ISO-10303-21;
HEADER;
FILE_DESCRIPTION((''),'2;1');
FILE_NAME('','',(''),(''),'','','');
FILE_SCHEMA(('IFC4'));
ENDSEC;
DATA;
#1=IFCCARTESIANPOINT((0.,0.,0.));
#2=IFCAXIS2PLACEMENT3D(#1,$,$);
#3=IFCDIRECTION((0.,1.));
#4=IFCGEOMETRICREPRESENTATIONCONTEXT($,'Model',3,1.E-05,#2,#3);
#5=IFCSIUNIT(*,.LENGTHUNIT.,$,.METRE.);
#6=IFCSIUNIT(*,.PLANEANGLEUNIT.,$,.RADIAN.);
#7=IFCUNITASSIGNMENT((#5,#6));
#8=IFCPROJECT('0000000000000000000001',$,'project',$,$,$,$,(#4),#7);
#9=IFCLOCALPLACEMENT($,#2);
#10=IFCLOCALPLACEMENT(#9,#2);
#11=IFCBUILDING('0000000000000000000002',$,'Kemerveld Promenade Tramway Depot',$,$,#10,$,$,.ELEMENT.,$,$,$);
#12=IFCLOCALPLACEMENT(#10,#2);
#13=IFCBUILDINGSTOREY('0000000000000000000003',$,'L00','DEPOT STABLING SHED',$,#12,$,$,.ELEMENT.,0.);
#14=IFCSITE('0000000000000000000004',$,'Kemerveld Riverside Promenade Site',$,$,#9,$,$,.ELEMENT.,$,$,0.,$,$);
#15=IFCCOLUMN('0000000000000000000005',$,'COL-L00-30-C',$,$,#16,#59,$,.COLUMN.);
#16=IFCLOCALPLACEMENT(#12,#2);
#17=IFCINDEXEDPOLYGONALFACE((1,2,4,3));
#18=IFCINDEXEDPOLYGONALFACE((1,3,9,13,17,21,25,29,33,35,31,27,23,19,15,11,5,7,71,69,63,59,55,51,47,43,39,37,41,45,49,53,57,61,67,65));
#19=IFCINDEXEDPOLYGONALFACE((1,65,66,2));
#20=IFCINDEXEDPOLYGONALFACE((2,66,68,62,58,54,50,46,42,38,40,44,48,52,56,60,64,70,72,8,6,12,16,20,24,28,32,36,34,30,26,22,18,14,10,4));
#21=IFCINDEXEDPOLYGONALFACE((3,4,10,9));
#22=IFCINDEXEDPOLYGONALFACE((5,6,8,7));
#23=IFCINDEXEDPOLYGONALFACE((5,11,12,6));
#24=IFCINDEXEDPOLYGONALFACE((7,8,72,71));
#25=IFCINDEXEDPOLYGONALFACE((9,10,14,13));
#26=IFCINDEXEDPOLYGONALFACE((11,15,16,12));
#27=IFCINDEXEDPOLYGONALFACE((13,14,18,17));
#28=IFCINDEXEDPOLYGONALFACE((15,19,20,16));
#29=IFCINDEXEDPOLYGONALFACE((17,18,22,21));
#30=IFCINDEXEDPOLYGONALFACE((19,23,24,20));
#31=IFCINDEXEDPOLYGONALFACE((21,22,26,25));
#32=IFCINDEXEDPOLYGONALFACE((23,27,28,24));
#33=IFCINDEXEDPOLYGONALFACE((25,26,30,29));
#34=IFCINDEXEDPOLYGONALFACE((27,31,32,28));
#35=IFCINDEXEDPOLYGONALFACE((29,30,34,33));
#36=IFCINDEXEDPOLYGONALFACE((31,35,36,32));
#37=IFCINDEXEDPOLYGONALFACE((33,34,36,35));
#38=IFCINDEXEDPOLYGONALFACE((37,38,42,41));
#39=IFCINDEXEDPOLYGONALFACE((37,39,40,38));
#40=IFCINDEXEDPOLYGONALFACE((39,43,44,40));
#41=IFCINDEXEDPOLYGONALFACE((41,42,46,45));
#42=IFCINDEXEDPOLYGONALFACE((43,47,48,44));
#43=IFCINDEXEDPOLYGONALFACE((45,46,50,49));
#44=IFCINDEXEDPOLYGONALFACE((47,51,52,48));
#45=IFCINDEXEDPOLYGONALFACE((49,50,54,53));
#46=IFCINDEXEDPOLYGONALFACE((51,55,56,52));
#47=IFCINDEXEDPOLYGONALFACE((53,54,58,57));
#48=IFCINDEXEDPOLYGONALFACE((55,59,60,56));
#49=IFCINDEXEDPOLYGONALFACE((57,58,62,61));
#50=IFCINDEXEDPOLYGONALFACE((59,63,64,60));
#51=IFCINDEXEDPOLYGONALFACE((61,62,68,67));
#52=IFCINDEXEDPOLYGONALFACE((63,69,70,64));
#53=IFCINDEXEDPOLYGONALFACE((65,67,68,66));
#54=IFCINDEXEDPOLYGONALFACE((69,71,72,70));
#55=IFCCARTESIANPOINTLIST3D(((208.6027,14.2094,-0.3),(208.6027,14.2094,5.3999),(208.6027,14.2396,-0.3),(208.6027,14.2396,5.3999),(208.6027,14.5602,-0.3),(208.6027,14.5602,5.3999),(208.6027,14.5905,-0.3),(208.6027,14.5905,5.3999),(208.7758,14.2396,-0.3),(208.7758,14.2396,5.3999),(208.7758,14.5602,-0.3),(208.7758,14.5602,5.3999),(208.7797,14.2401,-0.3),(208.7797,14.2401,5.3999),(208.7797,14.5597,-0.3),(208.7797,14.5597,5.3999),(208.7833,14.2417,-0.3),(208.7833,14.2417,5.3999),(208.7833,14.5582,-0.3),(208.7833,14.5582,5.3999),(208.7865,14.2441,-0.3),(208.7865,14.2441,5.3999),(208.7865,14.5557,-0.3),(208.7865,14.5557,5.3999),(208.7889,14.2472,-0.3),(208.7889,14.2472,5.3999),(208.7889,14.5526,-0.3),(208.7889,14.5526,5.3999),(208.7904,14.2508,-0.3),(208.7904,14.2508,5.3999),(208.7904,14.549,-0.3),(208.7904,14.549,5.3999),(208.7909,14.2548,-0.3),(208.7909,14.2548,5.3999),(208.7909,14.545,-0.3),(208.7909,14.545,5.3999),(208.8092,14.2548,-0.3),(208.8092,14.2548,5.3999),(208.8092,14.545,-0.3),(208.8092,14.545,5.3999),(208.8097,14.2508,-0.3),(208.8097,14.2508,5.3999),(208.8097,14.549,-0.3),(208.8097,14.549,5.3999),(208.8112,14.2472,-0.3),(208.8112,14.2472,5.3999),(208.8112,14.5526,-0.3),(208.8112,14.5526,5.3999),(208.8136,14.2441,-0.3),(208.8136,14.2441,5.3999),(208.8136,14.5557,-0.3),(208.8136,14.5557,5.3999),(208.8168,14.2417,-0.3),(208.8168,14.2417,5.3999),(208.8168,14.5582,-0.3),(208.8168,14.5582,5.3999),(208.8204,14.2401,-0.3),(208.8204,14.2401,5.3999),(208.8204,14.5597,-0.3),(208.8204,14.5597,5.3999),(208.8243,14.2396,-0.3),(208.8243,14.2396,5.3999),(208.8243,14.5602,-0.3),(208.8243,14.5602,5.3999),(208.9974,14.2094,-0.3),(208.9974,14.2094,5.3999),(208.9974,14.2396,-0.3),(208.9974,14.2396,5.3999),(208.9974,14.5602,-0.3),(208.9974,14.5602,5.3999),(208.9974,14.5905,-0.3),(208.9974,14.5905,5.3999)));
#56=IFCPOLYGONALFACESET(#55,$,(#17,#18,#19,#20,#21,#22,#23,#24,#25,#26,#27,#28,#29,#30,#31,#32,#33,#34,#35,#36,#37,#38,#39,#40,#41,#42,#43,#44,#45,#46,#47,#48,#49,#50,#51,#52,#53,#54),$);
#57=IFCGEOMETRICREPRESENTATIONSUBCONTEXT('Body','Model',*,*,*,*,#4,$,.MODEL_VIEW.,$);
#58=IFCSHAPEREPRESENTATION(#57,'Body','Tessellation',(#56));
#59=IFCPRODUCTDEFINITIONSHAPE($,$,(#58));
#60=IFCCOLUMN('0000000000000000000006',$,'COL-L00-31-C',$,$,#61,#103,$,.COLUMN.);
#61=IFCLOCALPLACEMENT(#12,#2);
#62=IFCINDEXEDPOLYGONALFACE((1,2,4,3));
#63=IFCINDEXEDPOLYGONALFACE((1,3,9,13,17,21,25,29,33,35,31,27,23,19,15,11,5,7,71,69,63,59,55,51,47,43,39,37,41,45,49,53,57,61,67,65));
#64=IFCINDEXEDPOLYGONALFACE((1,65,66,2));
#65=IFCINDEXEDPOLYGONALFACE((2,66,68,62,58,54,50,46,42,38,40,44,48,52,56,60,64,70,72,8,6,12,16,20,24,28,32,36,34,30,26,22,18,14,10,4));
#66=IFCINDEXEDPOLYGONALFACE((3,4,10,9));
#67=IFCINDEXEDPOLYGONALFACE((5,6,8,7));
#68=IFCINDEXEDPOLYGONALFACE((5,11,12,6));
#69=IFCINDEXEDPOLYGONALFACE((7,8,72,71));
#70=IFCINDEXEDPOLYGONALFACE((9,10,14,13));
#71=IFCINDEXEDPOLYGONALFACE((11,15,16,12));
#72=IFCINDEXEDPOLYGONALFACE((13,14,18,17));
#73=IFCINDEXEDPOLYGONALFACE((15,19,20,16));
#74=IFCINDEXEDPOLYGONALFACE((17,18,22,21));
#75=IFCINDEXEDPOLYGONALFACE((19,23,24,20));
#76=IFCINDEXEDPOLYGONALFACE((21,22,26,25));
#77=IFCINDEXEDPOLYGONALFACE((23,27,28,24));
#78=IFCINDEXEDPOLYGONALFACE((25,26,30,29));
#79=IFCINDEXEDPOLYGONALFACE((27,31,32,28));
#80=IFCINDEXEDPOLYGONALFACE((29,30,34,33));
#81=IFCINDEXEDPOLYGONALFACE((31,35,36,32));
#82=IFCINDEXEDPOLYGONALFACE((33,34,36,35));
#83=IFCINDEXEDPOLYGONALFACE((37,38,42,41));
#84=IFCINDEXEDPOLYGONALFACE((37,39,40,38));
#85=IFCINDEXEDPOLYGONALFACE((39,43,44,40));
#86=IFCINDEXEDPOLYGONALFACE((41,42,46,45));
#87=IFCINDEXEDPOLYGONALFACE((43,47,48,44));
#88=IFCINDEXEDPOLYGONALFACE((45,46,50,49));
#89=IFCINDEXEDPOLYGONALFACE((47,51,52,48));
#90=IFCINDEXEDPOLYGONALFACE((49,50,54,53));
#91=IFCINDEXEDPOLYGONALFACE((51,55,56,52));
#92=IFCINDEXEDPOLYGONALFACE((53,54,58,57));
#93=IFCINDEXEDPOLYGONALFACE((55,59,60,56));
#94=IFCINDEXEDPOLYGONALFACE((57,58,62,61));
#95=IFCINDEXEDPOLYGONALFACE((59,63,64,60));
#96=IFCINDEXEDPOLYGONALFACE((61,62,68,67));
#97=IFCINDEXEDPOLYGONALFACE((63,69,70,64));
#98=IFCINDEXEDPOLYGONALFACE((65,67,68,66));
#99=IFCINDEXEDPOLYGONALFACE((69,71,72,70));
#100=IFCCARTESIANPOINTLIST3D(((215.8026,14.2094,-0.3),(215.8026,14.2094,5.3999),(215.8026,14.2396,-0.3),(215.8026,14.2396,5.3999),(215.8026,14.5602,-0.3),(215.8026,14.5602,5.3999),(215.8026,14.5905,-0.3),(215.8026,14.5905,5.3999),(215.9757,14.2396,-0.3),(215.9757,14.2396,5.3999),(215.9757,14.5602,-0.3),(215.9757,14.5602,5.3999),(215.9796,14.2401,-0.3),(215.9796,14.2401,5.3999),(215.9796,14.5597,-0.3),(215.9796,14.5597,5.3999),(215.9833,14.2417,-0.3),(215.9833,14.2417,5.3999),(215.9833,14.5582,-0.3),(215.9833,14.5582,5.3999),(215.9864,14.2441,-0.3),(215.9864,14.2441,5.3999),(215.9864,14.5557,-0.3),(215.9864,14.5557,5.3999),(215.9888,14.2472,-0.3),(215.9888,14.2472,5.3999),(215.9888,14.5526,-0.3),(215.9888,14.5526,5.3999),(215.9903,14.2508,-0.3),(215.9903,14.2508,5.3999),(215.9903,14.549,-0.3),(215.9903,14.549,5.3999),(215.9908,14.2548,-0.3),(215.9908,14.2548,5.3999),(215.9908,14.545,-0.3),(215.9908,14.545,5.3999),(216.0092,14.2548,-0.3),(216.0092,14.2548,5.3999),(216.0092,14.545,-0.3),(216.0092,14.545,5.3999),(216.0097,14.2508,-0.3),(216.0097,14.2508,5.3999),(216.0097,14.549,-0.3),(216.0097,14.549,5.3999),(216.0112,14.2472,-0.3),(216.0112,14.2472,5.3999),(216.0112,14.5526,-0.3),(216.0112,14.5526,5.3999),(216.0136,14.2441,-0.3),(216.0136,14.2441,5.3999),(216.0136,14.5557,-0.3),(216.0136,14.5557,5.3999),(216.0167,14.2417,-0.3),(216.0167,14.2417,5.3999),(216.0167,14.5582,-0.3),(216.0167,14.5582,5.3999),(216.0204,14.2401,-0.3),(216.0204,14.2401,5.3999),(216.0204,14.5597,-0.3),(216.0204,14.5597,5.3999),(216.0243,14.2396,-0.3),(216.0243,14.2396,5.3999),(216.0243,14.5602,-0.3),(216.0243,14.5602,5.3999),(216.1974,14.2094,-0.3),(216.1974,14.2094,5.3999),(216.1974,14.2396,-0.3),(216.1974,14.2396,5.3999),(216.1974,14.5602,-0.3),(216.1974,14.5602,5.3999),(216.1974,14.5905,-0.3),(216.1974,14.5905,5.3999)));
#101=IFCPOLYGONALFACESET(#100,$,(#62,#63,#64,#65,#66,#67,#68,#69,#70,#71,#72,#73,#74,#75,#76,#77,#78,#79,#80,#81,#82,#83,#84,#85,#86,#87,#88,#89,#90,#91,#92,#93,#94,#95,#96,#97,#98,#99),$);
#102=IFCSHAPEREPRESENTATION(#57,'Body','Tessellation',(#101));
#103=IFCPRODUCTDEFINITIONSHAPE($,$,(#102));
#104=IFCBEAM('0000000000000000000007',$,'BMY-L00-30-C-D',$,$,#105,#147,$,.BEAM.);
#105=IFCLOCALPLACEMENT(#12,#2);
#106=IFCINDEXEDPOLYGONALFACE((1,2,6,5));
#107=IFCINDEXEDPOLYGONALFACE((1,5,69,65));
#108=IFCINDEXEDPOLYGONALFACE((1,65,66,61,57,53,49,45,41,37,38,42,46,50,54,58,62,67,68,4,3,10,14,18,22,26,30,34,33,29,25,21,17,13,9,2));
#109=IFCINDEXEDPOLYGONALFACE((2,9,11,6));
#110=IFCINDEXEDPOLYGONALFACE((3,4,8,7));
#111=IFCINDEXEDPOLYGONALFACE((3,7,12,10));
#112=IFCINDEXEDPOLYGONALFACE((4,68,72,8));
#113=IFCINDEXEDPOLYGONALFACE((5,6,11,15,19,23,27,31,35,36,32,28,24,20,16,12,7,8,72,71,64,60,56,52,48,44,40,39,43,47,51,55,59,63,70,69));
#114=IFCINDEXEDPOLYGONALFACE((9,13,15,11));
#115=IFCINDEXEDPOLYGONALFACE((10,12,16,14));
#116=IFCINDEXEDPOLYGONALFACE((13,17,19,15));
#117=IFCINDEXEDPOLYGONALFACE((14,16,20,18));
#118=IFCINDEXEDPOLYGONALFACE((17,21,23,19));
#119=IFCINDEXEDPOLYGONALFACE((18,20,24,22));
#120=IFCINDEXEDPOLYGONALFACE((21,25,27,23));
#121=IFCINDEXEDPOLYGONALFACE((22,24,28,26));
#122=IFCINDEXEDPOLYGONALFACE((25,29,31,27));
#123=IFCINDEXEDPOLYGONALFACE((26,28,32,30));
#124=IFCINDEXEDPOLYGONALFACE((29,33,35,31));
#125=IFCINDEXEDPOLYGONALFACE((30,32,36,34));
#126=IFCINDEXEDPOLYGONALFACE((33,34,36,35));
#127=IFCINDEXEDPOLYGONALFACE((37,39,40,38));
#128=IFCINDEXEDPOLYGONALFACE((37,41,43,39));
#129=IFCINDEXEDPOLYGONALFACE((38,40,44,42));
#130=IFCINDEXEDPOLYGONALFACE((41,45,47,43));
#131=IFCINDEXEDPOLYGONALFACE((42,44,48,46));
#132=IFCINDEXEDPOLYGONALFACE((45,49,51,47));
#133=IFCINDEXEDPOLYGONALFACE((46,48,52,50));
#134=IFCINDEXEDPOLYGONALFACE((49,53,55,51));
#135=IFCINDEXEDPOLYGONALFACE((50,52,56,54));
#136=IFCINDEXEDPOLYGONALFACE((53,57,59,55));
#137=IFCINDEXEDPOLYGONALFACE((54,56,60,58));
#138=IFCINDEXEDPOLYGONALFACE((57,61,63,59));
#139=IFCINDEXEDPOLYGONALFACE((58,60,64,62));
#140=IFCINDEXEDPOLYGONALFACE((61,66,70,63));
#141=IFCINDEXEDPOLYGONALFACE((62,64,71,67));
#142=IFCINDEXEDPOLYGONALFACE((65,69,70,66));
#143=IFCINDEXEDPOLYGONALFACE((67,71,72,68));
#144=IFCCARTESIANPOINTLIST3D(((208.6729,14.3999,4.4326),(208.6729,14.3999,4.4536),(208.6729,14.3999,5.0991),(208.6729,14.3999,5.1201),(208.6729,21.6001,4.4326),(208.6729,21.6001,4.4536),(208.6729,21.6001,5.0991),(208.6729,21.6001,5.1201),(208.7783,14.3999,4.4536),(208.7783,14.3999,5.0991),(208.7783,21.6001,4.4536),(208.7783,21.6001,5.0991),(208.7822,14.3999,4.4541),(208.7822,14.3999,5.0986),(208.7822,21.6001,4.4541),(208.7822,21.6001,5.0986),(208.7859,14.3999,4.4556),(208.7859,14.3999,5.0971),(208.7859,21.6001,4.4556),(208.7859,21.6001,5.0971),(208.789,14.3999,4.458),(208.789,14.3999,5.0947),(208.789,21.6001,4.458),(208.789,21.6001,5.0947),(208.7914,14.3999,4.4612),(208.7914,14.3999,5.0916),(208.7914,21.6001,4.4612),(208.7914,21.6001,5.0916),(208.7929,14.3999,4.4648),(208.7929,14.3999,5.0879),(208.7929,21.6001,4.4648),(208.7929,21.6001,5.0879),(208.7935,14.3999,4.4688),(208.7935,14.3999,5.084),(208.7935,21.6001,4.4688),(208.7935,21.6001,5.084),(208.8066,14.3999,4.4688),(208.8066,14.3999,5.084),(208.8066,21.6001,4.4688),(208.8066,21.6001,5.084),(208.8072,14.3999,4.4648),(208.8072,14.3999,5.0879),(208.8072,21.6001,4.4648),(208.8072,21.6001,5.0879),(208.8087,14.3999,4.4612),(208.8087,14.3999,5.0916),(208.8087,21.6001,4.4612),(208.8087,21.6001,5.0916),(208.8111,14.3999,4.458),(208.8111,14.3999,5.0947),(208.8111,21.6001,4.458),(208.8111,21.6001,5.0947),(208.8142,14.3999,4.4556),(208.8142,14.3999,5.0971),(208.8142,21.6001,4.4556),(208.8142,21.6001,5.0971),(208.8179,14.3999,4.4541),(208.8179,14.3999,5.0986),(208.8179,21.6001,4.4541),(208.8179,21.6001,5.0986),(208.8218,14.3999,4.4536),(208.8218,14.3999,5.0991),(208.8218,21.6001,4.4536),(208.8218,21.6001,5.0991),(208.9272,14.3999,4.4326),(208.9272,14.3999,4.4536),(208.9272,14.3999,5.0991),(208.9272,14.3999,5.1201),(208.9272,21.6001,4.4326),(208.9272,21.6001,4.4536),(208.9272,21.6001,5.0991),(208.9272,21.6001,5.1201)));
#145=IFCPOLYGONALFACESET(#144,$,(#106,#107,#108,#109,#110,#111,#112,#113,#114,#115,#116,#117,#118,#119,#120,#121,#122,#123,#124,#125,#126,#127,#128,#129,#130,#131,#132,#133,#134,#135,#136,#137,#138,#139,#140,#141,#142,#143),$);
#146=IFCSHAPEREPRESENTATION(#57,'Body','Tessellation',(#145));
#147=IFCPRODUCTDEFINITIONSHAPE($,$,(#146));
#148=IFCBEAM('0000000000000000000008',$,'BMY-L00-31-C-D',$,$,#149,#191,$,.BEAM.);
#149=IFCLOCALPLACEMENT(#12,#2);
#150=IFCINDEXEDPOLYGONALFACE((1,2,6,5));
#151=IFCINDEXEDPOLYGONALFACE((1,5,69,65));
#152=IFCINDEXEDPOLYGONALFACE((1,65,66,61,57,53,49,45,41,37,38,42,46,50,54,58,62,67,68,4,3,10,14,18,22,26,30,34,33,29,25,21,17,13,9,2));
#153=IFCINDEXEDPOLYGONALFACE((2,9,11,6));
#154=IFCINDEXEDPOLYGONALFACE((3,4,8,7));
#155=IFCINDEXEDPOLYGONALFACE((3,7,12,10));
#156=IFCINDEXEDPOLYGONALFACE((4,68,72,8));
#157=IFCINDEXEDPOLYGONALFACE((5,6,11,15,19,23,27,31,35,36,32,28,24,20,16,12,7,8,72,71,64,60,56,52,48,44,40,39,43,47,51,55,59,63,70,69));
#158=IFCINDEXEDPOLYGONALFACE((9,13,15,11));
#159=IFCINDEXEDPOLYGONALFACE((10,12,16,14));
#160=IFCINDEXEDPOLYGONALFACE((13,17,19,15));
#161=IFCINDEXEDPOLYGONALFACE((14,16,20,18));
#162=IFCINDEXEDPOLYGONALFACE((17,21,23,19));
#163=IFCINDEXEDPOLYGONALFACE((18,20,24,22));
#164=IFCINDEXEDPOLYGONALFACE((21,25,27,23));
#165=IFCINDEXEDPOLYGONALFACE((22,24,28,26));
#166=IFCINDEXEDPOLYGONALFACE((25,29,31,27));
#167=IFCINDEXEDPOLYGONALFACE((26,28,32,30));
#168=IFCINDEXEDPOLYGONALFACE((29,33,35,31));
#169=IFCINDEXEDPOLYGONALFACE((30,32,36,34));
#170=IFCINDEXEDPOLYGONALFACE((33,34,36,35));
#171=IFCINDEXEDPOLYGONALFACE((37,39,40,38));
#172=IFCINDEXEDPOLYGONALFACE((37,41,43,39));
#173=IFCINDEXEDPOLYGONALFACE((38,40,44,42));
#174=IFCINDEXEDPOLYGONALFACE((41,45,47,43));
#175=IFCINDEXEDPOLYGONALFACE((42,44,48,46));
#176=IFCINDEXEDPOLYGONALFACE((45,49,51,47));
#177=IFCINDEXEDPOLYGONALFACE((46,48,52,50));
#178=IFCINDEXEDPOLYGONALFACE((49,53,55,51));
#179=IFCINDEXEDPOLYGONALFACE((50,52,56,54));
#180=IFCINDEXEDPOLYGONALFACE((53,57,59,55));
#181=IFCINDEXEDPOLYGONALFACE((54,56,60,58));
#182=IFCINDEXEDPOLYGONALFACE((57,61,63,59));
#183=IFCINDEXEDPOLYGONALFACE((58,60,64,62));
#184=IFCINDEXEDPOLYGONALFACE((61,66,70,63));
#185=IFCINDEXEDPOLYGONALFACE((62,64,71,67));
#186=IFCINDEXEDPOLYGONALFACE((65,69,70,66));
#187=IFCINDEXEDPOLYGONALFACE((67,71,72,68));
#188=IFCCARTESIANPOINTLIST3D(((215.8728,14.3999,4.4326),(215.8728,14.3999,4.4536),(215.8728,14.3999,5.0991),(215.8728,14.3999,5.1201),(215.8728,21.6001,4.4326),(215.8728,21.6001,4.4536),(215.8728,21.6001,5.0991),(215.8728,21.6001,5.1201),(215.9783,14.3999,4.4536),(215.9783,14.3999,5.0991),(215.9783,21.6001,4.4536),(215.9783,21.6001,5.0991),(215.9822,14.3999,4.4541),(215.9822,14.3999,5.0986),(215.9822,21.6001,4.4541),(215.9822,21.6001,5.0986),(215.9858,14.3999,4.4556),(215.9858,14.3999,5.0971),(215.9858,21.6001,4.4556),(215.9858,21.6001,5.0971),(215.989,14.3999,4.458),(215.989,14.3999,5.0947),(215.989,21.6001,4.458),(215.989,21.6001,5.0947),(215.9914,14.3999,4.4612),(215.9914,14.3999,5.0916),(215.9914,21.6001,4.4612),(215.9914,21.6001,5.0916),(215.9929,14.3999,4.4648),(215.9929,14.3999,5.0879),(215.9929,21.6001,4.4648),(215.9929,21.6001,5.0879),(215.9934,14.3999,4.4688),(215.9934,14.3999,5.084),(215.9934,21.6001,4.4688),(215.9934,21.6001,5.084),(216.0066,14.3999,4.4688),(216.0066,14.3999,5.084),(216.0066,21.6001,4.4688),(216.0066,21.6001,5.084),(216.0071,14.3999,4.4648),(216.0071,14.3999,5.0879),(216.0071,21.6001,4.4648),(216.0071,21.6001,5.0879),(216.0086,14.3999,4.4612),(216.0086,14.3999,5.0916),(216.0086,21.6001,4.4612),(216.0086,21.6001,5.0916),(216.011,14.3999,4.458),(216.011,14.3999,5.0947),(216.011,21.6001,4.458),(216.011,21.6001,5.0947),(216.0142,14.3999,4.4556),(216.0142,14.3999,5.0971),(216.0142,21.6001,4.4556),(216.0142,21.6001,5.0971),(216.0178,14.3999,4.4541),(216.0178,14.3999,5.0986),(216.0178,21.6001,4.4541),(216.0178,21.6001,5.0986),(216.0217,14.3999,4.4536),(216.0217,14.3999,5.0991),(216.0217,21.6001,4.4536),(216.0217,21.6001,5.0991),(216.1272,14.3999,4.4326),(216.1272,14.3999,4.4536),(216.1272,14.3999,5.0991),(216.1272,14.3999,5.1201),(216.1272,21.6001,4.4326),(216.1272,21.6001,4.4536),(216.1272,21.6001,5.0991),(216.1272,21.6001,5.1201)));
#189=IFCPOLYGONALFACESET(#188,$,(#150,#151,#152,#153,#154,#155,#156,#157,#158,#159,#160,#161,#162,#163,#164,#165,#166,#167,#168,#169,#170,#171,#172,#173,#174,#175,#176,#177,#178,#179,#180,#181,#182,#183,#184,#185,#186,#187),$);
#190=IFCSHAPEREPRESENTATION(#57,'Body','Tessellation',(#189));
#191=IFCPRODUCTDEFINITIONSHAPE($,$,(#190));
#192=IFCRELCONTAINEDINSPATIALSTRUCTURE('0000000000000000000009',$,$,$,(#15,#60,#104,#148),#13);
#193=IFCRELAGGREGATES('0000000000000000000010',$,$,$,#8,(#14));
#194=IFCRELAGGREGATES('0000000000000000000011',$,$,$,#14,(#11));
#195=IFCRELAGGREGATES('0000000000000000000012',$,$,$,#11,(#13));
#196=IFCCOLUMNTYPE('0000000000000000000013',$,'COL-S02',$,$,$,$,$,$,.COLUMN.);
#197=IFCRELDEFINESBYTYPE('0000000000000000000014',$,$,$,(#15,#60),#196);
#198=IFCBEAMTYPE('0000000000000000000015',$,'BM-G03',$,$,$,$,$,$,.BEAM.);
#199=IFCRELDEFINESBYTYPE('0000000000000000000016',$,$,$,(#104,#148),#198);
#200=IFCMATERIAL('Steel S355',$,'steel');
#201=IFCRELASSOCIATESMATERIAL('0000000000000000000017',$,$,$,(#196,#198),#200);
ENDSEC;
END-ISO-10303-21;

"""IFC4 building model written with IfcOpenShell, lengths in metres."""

from ifc_helpers import new_model, si_unit, direction, frame, origin, origin_2d, place, context, subcontext, project, spatial, i_section, extrude, material, material_profile, profile_set, type_object, element, save


model = new_model("IFC4")

# Units and contexts
model_context = context("Model", 3, precision=1e-05, world=origin(), true_north=direction((0.0, 1.0)))
body_context = subcontext(model_context, "Body", "Model", "MODEL_VIEW")
ifc_project = project(units=[si_unit("LENGTHUNIT", "METRE"), si_unit("PLANEANGLEUNIT", "RADIAN")], contexts=[model_context])

# Site, building, storey
site_placement = place(None, origin())
site = spatial("IfcSite", under=ifc_project, at=site_placement, Name="Kemerveld Riverside Promenade Site", CompositionType="ELEMENT", RefElevation=0.0)
building_placement = place(site_placement, origin())
building = spatial("IfcBuilding", under=site, at=building_placement, Name="Kemerveld Promenade Tramway Depot", CompositionType="ELEMENT")
storey_placement = place(building_placement, origin())
storey = spatial("IfcBuildingStorey", under=building, at=storey_placement, Name="L00", Description="DEPOT STABLING SHED", CompositionType="ELEMENT", Elevation=0.0)

# Columns
ifc_material_1 = material(Name="Steel S355", Category="steel")
ifc_material_profile_1 = material_profile(ifc_material_1, i_section(OverallWidth=0.3948, OverallDepth=0.3811, WebThickness=0.0183, FlangeThickness=0.0303, FilletRadius=0.0151, at=origin_2d()), Name="356x406x235 UC")
ifc_profile_set_1 = profile_set([ifc_material_profile_1], Name="Steel S355")
column_type = type_object("IfcColumnType", Name="COL-S02", PredefinedType="COLUMN", material=ifc_profile_set_1)
for number, where, z_axis, x_axis, name in (
    (1, (208.8, 14.3999, -0.3), (0.0, 0.0, 1.0), (1.0, 0.0, 0.0), "COL-L00-30-C"),
    (2, (216.0, 14.3999, -0.3), (0.0, 0.0, 1.0), (1.0, 0.0, 0.0), "COL-L00-31-C"),
):
    element("IfcColumn", number, at=place(storey_placement, frame(where, z_axis=z_axis, x_axis=x_axis)), inside=storey, type_object=column_type, Name=name, PredefinedType="COLUMN", context=body_context, shape_type="SweptSolid", body=[
        extrude(i_section(OverallWidth=0.3948, OverallDepth=0.3811, WebThickness=0.0183, FlangeThickness=0.0303, FilletRadius=0.0151, at=origin_2d()), origin(), (0.0, 0.0, 1.0), 5.7),
    ])

# Beams
ifc_material_profile_2 = material_profile(ifc_material_1, i_section(OverallWidth=0.2544, OverallDepth=0.6875, WebThickness=0.0132, FlangeThickness=0.021, FilletRadius=0.0151, at=origin_2d()), Name="686x254x152 UB")
ifc_profile_set_2 = profile_set([ifc_material_profile_2], Name="Steel S355")
beam_type_1 = type_object("IfcBeamType", Name="BM-G03", PredefinedType="BEAM", material=ifc_profile_set_2)
for number, where, z_axis, x_axis, name in (
    (3, (208.8, 14.3999, 4.7764), (0.0, 1.0, 0.0), (-1.0, 0.0, 0.0), "BMY-L00-30-C-D"),
    (4, (216.0, 14.3999, 4.7764), (0.0, 1.0, 0.0), (-1.0, 0.0, 0.0), "BMY-L00-31-C-D"),
):
    element("IfcBeam", number, at=place(storey_placement, frame(where, z_axis=z_axis, x_axis=x_axis)), inside=storey, type_object=beam_type_1, Name=name, PredefinedType="BEAM", context=body_context, shape_type="SweptSolid", body=[
        extrude(i_section(OverallWidth=0.2544, OverallDepth=0.6875, WebThickness=0.0132, FlangeThickness=0.021, FilletRadius=0.0151, at=origin_2d()), origin(), (0.0, 0.0, 1.0), 7.2002),
    ])

save(model, "model.ifc")
